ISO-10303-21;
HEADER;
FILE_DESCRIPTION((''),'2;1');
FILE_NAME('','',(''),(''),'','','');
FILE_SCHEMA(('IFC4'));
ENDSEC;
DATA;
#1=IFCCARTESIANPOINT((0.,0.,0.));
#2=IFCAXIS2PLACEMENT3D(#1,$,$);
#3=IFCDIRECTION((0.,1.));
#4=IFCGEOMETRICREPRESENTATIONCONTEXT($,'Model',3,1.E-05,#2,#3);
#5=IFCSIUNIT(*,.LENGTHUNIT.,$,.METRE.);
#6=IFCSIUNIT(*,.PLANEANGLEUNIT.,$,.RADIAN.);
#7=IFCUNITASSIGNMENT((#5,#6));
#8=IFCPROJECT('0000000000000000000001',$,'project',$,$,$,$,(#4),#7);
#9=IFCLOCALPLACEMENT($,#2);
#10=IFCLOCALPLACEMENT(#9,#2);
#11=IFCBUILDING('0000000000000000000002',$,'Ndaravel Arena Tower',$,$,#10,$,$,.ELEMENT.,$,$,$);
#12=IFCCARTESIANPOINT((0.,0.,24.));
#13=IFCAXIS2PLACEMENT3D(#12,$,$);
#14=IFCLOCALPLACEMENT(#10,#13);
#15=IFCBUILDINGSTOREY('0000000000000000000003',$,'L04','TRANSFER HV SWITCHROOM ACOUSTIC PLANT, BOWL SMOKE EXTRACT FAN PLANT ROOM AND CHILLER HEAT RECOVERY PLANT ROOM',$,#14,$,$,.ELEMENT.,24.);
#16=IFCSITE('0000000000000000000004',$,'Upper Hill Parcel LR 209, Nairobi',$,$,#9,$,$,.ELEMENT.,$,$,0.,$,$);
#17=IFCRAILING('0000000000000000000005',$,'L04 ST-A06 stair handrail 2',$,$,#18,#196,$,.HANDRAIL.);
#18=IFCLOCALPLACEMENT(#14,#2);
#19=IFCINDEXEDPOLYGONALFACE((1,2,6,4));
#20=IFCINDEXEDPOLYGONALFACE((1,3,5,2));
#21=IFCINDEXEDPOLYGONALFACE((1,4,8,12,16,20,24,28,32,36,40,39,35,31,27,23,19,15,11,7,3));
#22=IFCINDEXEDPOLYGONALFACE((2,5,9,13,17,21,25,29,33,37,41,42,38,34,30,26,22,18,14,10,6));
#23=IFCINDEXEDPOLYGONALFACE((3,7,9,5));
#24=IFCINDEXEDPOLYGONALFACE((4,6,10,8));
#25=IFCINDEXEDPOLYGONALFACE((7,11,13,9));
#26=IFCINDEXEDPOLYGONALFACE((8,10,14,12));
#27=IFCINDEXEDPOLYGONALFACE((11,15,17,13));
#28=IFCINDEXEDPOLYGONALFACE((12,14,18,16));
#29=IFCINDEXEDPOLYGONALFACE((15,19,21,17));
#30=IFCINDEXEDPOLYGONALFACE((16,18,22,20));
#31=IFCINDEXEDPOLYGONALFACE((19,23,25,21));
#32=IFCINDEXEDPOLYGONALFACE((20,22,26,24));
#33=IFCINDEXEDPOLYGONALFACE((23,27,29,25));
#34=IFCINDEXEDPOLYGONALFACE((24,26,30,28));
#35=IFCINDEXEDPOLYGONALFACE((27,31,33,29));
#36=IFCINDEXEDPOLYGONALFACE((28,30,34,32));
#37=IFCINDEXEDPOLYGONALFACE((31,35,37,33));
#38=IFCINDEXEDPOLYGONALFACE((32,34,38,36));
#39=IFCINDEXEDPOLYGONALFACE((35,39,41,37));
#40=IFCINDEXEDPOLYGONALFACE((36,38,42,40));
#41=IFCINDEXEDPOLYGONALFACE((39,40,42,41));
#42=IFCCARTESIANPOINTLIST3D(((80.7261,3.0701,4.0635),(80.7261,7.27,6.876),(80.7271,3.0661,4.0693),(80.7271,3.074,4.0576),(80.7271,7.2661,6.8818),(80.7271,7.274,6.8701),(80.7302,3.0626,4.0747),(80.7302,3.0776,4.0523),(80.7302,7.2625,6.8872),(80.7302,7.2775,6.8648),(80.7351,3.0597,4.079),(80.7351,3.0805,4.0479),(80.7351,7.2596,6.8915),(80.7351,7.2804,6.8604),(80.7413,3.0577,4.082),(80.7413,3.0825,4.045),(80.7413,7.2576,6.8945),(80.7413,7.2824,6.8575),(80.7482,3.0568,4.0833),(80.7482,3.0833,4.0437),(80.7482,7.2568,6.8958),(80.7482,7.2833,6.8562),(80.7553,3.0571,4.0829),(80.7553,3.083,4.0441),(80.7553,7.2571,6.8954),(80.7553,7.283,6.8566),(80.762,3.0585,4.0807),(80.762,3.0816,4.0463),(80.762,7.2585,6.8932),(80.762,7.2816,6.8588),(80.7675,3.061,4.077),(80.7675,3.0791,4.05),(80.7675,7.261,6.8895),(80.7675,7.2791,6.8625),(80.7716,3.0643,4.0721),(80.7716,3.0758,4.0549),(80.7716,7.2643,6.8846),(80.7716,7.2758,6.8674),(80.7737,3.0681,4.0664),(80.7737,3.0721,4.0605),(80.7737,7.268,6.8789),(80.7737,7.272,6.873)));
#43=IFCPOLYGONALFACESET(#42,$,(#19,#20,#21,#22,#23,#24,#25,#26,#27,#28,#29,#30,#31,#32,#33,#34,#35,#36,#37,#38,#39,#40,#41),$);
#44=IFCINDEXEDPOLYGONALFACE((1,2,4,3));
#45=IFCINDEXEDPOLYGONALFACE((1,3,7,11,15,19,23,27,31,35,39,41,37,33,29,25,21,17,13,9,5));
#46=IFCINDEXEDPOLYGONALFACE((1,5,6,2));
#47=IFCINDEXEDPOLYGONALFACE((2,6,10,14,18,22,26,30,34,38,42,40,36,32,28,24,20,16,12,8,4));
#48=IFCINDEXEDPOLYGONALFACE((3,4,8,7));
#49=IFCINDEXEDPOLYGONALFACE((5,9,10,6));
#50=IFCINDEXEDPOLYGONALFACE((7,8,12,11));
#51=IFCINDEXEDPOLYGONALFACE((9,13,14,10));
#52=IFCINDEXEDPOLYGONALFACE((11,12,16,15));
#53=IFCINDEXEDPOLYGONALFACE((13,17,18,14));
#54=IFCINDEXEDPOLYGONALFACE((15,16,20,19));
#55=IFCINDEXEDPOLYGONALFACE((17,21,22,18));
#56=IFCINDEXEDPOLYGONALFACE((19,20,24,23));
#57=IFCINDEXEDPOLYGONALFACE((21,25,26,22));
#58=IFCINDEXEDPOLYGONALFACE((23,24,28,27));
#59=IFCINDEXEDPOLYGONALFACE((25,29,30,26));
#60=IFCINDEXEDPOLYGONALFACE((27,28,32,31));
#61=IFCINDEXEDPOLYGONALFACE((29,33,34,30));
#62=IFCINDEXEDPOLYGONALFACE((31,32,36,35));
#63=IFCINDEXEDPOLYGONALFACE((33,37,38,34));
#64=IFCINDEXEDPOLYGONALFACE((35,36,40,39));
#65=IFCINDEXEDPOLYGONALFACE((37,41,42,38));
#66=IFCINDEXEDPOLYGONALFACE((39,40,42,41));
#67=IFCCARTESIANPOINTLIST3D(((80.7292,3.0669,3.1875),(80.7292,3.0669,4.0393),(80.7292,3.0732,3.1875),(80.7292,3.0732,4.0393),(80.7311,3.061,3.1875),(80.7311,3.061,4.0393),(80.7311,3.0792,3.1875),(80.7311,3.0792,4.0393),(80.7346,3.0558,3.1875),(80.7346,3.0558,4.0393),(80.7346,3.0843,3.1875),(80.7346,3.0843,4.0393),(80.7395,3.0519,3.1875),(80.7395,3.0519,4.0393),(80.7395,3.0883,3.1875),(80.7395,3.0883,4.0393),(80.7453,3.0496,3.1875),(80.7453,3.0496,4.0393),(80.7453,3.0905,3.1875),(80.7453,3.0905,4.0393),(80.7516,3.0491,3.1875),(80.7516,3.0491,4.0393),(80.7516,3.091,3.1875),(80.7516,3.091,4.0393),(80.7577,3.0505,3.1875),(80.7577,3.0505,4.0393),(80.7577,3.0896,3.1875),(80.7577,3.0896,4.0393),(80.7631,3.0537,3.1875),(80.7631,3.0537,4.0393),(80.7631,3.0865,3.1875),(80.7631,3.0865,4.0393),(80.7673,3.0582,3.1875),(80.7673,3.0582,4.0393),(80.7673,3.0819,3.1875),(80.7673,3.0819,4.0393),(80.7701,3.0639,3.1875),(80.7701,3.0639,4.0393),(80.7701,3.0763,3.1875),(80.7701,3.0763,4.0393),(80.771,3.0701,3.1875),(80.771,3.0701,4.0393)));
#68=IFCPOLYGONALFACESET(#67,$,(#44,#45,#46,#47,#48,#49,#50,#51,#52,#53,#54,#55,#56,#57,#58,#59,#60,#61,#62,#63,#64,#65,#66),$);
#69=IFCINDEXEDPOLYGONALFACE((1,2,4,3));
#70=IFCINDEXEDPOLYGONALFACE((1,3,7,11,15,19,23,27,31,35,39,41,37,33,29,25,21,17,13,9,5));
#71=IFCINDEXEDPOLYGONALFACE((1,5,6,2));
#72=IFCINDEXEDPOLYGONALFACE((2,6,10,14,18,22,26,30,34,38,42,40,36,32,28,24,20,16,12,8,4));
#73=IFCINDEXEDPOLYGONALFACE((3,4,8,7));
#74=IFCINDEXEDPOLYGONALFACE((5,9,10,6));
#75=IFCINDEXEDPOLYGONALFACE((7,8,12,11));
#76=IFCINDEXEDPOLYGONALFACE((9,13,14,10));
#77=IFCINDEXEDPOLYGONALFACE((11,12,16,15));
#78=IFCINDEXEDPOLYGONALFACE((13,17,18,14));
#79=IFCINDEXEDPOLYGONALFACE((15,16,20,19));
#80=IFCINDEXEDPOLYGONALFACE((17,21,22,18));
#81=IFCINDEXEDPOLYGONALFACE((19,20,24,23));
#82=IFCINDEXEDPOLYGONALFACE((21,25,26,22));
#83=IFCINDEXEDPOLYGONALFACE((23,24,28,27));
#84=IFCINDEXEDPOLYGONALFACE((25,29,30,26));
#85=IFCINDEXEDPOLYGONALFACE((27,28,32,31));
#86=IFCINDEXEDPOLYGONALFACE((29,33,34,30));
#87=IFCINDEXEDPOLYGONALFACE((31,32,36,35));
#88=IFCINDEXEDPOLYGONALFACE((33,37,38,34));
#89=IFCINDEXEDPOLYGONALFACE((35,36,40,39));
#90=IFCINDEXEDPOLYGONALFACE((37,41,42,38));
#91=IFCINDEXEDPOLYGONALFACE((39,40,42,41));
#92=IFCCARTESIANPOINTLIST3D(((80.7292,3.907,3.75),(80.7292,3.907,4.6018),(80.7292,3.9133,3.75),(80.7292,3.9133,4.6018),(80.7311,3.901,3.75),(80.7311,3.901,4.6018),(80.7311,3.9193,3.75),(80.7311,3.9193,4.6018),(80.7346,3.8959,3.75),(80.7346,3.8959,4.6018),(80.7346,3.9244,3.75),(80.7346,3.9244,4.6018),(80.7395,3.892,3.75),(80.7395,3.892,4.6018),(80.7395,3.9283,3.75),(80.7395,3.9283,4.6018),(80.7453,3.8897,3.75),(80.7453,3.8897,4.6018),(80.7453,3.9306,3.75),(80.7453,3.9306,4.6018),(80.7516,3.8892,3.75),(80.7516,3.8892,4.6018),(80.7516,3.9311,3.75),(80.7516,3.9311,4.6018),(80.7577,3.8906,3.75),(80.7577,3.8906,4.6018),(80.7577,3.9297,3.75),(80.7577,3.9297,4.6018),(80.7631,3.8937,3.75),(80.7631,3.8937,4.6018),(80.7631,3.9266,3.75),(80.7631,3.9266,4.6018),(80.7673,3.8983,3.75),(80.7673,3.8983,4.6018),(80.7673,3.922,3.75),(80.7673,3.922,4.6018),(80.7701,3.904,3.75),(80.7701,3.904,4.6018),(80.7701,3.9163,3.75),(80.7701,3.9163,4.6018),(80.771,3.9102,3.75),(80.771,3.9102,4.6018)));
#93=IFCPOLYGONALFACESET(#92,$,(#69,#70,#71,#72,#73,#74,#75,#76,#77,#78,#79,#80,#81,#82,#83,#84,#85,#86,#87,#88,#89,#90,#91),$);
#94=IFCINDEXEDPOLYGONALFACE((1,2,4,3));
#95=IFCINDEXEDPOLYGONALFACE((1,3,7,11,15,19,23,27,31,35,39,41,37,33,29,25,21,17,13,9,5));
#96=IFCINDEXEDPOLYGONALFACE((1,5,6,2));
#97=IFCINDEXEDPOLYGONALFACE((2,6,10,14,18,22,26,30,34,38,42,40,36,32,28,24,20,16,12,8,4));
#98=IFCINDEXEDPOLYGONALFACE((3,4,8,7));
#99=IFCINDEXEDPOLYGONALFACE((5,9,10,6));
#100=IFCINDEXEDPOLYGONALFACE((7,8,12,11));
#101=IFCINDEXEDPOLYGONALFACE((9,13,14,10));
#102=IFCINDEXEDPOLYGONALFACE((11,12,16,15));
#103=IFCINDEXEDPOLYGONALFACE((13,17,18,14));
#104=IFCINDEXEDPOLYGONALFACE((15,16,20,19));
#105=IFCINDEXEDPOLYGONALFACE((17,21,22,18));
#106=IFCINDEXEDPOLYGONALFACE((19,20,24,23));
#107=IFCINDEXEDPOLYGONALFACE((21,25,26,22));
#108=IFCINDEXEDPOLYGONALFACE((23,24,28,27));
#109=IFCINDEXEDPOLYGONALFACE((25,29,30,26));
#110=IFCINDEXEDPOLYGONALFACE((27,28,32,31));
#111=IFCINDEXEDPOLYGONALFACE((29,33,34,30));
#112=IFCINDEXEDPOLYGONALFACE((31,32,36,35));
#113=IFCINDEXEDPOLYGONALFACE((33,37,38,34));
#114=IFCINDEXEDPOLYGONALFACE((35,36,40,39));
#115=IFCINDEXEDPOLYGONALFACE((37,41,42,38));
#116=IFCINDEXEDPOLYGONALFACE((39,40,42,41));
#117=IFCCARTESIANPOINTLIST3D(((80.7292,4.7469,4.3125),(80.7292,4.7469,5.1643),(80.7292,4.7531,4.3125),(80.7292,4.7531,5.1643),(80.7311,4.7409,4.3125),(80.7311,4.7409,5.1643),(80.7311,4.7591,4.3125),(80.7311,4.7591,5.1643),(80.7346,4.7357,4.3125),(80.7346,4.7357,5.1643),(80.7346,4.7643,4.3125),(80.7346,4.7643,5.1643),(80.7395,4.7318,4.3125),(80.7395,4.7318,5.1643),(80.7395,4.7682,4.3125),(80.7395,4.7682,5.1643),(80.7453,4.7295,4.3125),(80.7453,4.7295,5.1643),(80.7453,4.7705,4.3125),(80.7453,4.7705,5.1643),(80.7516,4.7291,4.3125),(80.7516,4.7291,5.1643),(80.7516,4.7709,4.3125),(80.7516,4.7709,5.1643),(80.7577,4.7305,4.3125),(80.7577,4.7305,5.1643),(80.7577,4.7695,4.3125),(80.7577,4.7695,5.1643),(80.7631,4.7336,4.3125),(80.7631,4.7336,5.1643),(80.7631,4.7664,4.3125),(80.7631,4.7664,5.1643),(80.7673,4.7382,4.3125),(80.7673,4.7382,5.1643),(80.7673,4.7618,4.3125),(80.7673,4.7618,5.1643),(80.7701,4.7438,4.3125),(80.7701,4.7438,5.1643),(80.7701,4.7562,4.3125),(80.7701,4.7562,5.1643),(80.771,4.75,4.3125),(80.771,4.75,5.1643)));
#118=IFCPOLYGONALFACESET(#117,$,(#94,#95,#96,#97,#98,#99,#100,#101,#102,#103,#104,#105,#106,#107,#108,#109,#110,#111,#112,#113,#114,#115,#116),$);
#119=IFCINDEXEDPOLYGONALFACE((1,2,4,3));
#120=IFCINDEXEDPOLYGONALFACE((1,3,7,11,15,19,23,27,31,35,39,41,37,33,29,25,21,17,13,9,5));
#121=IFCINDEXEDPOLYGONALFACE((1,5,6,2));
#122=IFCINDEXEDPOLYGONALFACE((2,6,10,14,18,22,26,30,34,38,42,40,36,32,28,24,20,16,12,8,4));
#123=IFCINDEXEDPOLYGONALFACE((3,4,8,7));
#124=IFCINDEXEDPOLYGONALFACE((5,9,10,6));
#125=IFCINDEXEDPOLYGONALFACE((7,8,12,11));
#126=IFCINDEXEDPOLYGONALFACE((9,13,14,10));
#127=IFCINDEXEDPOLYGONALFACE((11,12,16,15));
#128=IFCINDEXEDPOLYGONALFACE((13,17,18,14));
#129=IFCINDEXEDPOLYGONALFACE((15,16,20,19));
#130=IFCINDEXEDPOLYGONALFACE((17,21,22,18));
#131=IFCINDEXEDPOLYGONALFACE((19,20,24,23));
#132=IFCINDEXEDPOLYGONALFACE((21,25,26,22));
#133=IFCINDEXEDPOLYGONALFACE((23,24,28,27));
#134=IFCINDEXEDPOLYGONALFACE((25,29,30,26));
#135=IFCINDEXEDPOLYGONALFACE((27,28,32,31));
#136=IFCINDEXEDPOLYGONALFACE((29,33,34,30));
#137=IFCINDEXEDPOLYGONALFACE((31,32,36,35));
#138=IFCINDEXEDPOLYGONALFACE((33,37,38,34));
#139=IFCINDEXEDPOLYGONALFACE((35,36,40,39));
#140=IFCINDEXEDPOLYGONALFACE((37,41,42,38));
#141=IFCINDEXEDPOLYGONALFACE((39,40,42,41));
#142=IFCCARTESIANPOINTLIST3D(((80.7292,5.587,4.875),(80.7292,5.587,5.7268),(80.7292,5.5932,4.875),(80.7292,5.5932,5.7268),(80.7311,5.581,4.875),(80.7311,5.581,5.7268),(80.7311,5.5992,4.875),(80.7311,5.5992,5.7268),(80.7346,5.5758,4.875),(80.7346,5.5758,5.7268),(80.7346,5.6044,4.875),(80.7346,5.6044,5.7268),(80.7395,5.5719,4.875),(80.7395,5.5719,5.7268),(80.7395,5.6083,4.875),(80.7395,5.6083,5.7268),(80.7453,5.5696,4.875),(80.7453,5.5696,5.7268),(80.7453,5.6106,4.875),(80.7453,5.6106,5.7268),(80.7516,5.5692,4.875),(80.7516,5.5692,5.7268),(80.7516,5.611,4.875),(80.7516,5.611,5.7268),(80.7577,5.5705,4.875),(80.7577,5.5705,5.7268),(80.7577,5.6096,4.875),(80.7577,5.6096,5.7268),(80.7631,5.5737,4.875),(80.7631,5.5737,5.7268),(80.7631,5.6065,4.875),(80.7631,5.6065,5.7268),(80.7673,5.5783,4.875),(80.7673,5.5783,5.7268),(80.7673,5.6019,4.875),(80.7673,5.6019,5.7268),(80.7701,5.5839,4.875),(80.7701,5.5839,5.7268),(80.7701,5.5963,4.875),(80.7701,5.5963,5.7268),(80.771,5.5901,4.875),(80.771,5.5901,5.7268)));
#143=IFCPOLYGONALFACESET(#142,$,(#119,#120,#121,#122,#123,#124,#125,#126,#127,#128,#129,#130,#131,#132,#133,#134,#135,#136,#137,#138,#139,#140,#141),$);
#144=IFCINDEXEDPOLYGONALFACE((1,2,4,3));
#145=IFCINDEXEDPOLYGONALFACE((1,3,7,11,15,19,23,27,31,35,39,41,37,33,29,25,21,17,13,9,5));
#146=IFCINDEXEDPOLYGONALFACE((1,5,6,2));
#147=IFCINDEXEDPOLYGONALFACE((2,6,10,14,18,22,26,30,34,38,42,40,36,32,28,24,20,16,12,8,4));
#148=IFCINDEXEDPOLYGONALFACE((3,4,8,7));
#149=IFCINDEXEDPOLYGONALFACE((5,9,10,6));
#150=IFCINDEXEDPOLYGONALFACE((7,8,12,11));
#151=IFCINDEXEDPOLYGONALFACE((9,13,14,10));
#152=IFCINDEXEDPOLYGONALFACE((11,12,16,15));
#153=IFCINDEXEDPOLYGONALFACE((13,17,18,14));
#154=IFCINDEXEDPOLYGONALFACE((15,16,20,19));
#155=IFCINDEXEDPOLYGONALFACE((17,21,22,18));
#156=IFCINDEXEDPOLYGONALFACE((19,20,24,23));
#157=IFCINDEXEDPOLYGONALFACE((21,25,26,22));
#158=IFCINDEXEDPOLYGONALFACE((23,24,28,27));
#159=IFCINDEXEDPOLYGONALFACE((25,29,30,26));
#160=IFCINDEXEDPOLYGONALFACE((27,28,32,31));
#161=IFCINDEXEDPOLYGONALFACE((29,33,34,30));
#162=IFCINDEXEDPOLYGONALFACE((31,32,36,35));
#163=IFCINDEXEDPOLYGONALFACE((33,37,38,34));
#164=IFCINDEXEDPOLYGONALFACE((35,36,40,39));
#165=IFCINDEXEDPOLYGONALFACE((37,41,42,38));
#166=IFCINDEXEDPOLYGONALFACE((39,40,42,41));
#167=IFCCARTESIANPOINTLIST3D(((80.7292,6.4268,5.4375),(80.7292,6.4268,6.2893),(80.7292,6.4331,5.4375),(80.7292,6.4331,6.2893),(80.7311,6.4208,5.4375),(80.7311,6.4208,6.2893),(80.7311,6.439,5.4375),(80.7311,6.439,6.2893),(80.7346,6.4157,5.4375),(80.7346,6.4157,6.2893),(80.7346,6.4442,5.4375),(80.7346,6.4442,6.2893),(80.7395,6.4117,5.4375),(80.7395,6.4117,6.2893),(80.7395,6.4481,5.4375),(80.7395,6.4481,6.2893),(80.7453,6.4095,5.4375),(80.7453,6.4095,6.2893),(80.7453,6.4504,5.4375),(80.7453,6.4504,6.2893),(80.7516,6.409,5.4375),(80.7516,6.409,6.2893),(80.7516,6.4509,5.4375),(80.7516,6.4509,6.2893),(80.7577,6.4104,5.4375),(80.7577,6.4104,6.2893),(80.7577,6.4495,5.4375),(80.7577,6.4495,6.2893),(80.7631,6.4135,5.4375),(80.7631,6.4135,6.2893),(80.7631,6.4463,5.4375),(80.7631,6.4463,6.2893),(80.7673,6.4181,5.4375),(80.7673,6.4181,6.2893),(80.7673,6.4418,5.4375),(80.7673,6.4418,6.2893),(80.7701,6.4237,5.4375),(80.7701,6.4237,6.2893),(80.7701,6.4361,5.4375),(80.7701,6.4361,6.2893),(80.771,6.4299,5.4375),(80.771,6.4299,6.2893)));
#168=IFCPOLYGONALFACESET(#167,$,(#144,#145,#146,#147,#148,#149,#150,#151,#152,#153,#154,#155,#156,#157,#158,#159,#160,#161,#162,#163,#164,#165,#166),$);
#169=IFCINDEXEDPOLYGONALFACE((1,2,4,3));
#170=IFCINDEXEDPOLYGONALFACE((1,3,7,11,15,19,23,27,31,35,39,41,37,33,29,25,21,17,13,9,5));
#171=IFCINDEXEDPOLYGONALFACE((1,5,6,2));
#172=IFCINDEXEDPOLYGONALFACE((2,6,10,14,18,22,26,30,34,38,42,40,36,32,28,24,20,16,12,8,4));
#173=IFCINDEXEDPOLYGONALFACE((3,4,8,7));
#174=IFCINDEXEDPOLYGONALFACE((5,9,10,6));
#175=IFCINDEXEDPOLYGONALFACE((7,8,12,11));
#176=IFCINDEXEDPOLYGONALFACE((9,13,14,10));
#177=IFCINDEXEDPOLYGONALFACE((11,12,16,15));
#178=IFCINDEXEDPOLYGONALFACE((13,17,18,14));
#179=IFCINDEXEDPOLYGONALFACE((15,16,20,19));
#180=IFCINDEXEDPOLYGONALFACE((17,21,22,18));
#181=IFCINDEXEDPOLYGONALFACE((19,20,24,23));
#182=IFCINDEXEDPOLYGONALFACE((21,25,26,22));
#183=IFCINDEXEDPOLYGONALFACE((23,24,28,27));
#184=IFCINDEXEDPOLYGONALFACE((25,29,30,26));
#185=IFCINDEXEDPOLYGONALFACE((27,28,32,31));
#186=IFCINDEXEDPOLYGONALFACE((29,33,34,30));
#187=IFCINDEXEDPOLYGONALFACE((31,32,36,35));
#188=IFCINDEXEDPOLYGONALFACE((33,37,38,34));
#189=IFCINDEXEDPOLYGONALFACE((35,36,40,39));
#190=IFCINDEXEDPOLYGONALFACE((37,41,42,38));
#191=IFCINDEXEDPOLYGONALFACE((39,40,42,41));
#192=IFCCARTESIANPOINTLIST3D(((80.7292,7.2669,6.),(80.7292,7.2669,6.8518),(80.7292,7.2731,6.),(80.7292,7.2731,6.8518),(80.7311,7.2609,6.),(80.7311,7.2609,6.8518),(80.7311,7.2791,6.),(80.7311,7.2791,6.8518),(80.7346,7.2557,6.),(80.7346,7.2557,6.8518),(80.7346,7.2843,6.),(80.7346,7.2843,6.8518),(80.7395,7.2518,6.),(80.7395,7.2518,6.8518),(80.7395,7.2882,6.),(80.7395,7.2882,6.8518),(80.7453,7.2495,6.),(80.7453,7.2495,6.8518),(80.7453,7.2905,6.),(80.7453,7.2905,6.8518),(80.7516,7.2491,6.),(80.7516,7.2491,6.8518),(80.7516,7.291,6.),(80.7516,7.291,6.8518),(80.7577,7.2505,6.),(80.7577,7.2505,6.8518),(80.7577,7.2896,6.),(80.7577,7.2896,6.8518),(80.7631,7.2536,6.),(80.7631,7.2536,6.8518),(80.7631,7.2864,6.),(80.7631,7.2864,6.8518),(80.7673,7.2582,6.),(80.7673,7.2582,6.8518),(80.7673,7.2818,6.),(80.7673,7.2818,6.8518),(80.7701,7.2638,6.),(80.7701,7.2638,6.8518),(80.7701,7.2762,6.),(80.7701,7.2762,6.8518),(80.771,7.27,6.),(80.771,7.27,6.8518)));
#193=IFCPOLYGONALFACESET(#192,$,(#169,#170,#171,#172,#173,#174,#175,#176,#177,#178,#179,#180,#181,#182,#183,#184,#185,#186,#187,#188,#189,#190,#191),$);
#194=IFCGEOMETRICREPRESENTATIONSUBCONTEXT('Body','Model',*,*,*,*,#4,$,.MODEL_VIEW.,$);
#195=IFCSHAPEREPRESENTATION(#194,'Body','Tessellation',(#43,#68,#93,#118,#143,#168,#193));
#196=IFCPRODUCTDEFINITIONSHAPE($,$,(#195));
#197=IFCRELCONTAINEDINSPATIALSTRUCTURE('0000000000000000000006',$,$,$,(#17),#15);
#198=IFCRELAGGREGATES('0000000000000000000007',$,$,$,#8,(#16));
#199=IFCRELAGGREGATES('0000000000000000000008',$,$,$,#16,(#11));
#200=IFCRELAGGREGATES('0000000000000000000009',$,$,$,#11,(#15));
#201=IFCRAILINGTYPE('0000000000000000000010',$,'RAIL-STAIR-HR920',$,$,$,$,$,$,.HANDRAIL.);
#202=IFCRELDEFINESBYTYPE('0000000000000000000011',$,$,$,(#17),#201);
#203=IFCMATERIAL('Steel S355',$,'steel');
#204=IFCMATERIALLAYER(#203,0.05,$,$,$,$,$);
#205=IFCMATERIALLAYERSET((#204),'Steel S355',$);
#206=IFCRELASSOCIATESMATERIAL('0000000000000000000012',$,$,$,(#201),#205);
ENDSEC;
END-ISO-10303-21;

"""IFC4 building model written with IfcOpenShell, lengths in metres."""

from ifc_helpers import new_model, si_unit, direction, frame, origin, origin_2d, place, context, subcontext, project, spatial, circle, extrude, material, layer, layer_set, type_object, element, save


model = new_model("IFC4")

# Units and contexts
model_context = context("Model", 3, precision=1e-05, world=origin(), true_north=direction((0.0, 1.0)))
body_context = subcontext(model_context, "Body", "Model", "MODEL_VIEW")
ifc_project = project(units=[si_unit("LENGTHUNIT", "METRE"), si_unit("PLANEANGLEUNIT", "RADIAN")], contexts=[model_context])

# Site, building, storey
site_placement = place(None, origin())
site = spatial("IfcSite", under=ifc_project, at=site_placement, Name="Upper Hill Parcel LR 209, Nairobi", CompositionType="ELEMENT", RefElevation=0.0)
building_placement = place(site_placement, origin())
building = spatial("IfcBuilding", under=site, at=building_placement, Name="Ndaravel Arena Tower", CompositionType="ELEMENT")
storey_placement = place(building_placement, frame((0.0, 0.0, 24.0)))
storey = spatial("IfcBuildingStorey", under=building, at=storey_placement, Name="L04", Description="TRANSFER HV SWITCHROOM ACOUSTIC PLANT, BOWL SMOKE EXTRACT FAN PLANT ROOM AND CHILLER HEAT RECOVERY PLANT ROOM", CompositionType="ELEMENT", Elevation=24.0)

# Railing
ifc_material_1 = material(Name="Steel S355", Category="steel")
ifc_layer_1 = layer(ifc_material_1, 0.05)
ifc_layer_set_1 = layer_set([ifc_layer_1], Name="Steel S355")
railing_type_1 = type_object("IfcRailingType", Name="RAIL-STAIR-HR920", PredefinedType="HANDRAIL", material=ifc_layer_set_1)
railing_1_placement = place(storey_placement, frame((80.75, 3.0701, 3.1875)))
element("IfcRailing", 1, at=railing_1_placement, inside=storey, type_object=railing_type_1, Name="L04 ST-A06 stair handrail 2", PredefinedType="HANDRAIL", context=body_context, shape_type="SweptSolid", body=[
    extrude(circle(Radius=0.0239, at=origin_2d()), frame((0.0, 0.0, 0.876), z_axis=(0.0, 0.830904, 0.556416), x_axis=(-1.0, 0.0, 0.0)), (0.0, 0.0, 1.0), 5.0547),
    extrude(circle(Radius=0.021, at=origin_2d()), origin(), (0.0, 0.0, 1.0), 0.8518),
    extrude(circle(Radius=0.021, at=origin_2d()), frame((0.0, 0.8401, 0.5625)), (0.0, 0.0, 1.0), 0.8518),
    extrude(circle(Radius=0.021, at=origin_2d()), frame((0.0, 1.6799, 1.125)), (0.0, 0.0, 1.0), 0.8518),
    extrude(circle(Radius=0.021, at=origin_2d()), frame((0.0, 2.52, 1.6875)), (0.0, 0.0, 1.0), 0.8518),
    extrude(circle(Radius=0.021, at=origin_2d()), frame((0.0, 3.3599, 2.25)), (0.0, 0.0, 1.0), 0.8518),
    extrude(circle(Radius=0.021, at=origin_2d()), frame((0.0, 4.2, 2.8125)), (0.0, 0.0, 1.0), 0.8518),
])

save(model, "model.ifc")
